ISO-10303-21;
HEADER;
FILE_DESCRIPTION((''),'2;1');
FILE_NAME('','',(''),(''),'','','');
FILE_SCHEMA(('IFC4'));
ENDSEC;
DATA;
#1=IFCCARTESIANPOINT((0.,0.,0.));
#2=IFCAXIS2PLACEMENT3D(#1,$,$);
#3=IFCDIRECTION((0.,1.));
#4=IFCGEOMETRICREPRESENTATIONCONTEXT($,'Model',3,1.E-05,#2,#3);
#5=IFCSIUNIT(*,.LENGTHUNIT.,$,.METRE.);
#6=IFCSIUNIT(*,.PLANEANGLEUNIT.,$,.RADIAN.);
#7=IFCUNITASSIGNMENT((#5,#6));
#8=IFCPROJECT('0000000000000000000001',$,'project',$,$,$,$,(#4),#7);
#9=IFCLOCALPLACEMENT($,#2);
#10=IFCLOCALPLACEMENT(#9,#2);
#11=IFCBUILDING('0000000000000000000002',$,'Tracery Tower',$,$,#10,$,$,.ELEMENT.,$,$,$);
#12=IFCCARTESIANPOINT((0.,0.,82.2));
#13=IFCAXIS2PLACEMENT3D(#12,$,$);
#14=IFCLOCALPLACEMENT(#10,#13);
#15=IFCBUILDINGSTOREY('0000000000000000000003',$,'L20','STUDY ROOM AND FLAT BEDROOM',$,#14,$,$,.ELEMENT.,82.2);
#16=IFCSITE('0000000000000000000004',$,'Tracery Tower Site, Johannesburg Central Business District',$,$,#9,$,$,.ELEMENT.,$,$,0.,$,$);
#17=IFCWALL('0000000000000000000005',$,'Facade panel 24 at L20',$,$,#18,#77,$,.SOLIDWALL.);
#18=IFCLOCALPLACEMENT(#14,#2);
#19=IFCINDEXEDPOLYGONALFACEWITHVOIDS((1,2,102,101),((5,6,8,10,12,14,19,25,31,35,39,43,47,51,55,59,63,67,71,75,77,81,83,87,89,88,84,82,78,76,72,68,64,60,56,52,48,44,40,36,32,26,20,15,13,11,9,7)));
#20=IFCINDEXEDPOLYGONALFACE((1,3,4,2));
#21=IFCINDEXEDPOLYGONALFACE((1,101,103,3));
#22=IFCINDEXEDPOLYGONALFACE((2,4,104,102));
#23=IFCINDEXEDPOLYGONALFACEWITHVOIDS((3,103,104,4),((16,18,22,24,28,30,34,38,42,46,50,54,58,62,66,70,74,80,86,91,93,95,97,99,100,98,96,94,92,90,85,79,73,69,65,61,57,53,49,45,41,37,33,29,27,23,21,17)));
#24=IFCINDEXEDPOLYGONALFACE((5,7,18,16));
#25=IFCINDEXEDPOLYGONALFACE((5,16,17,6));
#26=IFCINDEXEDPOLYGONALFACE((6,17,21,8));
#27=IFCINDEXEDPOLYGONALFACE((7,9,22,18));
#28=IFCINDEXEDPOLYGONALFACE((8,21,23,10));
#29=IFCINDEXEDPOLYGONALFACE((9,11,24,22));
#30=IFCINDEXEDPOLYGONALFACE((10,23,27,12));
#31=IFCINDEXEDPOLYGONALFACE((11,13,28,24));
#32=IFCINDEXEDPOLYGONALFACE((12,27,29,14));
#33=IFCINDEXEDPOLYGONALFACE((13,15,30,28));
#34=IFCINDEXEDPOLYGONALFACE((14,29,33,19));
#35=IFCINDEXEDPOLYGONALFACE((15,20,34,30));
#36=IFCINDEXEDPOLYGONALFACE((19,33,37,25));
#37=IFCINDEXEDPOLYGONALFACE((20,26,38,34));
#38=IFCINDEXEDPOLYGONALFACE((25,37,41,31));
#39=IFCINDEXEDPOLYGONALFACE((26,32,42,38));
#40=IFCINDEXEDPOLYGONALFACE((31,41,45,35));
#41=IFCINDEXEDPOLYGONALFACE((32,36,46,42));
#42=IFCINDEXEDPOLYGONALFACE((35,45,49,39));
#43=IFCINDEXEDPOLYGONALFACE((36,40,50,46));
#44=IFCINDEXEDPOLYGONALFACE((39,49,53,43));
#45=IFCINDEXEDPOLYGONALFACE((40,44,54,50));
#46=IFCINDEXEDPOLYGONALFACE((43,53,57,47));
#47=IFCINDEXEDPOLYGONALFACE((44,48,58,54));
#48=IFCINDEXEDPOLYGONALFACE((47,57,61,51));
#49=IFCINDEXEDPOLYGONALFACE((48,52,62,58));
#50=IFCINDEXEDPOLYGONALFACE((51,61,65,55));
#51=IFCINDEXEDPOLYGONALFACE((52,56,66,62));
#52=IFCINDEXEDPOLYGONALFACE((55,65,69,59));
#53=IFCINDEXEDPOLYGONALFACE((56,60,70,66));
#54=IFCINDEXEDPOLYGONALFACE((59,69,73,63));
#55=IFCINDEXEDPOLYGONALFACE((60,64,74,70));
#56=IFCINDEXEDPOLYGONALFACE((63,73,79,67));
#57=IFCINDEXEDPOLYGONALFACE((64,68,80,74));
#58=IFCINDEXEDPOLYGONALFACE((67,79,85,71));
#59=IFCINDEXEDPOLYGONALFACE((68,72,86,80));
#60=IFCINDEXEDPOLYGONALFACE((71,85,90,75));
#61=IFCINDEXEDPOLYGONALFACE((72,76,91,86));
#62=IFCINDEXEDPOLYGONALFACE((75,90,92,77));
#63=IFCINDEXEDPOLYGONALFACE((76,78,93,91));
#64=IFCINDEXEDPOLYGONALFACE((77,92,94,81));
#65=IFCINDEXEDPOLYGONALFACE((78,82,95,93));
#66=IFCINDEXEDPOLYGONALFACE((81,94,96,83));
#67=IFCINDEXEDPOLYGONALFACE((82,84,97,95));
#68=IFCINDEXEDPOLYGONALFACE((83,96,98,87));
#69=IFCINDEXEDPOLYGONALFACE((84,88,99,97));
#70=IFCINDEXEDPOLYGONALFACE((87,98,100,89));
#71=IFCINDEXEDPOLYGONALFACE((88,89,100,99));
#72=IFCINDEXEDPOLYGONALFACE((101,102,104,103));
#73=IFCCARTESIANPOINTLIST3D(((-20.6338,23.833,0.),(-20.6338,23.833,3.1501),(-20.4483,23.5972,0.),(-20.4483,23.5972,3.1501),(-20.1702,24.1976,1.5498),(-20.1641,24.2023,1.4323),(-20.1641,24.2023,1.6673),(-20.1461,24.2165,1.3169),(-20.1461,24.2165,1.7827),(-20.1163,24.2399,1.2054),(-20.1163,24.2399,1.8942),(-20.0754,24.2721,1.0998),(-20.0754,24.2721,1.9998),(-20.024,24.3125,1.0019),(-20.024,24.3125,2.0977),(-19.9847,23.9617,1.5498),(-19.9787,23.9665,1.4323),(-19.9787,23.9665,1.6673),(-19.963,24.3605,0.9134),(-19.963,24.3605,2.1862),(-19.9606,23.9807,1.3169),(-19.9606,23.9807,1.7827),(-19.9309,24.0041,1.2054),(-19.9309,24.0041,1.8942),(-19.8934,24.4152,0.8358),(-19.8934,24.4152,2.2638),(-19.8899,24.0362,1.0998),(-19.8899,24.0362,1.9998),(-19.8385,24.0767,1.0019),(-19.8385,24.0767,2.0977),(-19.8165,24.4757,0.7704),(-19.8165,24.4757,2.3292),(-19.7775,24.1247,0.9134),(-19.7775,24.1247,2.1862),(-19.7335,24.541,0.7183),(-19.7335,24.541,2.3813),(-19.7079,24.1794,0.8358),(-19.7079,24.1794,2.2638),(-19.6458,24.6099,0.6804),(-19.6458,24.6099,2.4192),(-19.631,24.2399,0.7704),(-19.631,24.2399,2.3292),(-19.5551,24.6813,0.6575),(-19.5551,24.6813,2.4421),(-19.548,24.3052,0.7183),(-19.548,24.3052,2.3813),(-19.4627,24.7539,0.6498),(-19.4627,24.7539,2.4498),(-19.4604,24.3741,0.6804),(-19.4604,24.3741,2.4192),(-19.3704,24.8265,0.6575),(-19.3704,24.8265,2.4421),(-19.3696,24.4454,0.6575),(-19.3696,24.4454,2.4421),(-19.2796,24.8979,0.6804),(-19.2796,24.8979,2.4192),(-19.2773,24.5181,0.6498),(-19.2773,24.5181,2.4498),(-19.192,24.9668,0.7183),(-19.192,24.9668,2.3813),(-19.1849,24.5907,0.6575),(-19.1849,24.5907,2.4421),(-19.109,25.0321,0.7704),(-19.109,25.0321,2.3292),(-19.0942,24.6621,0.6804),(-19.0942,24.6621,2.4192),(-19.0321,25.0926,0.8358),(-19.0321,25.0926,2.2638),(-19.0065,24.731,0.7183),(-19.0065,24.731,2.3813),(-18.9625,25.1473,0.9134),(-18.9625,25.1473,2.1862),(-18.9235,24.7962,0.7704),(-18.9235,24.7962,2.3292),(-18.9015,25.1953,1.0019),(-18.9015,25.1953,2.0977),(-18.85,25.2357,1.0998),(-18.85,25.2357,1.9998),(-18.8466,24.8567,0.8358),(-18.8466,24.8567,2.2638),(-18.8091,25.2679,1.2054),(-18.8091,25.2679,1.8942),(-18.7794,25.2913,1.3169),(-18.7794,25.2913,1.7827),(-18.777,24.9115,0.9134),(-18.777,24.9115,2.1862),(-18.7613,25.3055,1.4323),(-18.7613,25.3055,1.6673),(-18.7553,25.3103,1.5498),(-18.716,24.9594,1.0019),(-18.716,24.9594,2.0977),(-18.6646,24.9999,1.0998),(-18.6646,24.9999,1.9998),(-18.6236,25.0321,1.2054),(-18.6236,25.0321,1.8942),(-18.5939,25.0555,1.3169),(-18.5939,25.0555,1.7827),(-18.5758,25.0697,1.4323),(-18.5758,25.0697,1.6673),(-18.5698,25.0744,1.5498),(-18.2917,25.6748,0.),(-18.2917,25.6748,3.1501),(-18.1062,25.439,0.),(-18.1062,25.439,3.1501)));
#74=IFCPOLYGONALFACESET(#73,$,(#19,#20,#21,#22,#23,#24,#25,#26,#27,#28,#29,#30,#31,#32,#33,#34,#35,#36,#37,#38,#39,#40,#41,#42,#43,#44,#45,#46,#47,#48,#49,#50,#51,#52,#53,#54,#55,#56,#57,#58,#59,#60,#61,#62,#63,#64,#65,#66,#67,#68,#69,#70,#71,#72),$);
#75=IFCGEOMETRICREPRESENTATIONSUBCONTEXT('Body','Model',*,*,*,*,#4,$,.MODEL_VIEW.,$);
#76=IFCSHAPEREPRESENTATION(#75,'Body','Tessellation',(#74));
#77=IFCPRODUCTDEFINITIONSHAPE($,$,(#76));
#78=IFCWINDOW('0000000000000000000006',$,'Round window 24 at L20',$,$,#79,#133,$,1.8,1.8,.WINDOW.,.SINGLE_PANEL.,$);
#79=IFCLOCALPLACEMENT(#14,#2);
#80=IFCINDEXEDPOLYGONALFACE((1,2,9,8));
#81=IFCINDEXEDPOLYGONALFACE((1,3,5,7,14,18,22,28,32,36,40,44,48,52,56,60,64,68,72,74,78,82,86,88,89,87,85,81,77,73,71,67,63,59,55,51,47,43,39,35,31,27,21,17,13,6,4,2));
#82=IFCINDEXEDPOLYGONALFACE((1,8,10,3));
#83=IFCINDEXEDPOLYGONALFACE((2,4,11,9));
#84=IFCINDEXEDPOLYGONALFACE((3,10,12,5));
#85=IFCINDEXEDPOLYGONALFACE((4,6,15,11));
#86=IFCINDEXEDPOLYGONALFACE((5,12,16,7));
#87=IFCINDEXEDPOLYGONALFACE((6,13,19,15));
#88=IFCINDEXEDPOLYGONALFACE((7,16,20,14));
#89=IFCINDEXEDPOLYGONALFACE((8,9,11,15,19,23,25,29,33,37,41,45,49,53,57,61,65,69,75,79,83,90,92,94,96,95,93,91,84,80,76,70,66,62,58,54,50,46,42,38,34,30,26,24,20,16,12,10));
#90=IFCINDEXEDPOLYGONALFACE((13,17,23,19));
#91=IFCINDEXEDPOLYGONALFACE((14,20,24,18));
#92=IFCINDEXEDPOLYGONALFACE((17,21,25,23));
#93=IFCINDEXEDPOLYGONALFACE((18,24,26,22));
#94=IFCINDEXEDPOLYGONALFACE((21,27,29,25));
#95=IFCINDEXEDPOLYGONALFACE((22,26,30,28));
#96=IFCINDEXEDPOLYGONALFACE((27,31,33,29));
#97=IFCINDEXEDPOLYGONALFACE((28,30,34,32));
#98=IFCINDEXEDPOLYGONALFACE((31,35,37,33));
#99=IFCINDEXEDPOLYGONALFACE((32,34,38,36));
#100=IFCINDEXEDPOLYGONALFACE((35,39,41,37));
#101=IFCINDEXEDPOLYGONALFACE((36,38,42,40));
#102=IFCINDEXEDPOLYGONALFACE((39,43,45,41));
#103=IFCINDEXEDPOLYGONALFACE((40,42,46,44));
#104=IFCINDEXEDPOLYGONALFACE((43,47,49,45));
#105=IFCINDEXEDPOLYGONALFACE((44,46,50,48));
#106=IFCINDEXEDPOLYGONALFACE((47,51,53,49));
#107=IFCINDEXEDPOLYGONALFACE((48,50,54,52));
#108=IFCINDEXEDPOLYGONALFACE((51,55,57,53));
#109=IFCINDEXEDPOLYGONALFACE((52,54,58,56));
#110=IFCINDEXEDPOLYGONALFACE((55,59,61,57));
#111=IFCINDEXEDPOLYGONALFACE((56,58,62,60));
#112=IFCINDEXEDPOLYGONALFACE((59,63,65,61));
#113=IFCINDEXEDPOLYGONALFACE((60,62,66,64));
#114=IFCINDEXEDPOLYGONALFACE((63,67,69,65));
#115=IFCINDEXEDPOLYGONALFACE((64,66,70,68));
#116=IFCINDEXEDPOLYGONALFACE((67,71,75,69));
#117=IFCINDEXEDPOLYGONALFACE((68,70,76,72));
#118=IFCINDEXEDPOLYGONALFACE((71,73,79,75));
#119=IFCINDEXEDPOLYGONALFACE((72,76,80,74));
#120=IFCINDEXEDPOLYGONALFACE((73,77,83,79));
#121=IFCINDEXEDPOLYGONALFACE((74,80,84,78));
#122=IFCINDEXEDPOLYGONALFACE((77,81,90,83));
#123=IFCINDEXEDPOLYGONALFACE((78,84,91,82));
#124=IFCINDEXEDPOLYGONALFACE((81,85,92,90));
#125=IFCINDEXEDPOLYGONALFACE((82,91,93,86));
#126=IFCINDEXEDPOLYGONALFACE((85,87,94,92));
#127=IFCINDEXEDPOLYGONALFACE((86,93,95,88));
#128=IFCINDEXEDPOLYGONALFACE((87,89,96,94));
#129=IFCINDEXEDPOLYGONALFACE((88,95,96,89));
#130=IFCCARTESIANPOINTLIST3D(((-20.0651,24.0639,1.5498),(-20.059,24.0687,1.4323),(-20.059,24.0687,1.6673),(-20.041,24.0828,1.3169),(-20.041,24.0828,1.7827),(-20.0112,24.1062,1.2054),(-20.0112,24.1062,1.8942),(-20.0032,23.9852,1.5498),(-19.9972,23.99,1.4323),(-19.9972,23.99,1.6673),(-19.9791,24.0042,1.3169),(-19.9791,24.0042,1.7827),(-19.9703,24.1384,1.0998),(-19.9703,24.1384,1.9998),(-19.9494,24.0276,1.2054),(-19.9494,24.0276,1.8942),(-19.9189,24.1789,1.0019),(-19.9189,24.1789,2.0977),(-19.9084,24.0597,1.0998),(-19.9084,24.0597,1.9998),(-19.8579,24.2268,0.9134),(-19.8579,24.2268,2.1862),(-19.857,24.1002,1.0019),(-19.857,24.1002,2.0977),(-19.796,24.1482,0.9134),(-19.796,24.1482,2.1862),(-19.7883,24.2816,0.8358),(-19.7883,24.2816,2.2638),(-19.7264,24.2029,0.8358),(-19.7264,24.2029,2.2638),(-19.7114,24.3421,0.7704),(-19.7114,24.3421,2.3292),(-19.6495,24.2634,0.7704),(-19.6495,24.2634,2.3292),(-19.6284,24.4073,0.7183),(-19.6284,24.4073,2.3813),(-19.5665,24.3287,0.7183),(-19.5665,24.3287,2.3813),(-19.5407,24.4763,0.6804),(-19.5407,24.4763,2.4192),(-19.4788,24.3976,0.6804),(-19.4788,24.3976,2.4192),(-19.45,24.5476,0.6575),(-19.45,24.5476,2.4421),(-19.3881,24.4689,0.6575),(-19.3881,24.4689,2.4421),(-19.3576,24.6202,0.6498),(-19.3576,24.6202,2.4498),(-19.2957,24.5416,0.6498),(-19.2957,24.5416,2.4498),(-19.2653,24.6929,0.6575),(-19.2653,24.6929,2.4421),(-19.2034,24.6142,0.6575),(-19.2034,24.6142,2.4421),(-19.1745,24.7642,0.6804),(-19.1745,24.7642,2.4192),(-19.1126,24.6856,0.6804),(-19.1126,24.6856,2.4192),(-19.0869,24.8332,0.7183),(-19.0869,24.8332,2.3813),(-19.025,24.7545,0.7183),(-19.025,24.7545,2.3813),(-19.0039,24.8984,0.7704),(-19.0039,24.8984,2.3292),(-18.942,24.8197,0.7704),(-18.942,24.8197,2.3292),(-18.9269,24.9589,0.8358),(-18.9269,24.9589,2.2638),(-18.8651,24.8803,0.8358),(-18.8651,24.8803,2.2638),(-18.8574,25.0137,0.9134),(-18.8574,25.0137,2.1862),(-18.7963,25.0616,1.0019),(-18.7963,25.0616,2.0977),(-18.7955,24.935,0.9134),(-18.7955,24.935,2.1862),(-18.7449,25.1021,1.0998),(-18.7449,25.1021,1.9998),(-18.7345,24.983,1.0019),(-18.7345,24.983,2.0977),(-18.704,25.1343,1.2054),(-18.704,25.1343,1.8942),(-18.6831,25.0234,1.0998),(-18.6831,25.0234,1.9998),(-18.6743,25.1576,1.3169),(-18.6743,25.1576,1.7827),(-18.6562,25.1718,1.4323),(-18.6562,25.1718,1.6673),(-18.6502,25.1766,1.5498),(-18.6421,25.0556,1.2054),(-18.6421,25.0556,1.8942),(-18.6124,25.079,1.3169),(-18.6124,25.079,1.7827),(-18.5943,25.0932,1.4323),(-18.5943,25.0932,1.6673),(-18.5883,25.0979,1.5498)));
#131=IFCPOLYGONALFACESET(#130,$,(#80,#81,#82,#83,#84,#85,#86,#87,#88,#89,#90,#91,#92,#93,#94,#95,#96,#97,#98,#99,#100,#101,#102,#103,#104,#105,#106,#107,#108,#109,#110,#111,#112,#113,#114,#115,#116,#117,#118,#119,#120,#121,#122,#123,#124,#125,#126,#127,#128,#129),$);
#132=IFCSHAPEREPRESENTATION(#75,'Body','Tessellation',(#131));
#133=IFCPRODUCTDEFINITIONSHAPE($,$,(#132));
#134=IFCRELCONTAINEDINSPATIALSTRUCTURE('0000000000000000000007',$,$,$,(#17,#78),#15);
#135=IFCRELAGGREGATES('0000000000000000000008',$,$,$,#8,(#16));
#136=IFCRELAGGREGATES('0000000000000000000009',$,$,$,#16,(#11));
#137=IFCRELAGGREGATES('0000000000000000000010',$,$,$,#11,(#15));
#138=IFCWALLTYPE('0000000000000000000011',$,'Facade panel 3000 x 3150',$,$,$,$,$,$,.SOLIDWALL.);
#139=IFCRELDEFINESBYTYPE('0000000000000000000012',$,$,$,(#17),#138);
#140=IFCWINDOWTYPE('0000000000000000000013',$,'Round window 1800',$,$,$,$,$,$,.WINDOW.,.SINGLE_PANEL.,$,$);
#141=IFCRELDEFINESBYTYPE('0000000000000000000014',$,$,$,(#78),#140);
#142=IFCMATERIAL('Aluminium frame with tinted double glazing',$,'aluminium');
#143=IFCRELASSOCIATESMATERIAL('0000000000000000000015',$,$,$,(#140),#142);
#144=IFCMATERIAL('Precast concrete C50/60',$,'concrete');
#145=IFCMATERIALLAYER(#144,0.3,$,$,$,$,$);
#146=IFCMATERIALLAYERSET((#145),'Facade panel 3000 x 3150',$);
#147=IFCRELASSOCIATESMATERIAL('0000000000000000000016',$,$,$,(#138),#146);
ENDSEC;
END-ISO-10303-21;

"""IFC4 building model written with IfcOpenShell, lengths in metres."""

from ifc_helpers import new_model, si_unit, direction, frame, frame_2d, origin, origin_2d, place, context, subcontext, project, spatial, rectangle, circle, extrude, material, layer, layer_set, type_object, element, fill, save


model = new_model("IFC4")

# Units and contexts
model_context = context("Model", 3, precision=1e-05, world=origin(), true_north=direction((0.0, 1.0)))
body_context = subcontext(model_context, "Body", "Model", "MODEL_VIEW")
ifc_project = project(units=[si_unit("LENGTHUNIT", "METRE"), si_unit("PLANEANGLEUNIT", "RADIAN")], contexts=[model_context])

# Site, building, storey
site_placement = place(None, origin())
site = spatial("IfcSite", under=ifc_project, at=site_placement, Name="Tracery Tower Site, Johannesburg Central Business District", CompositionType="ELEMENT", RefElevation=0.0)
building_placement = place(site_placement, origin())
building = spatial("IfcBuilding", under=site, at=building_placement, Name="Tracery Tower", CompositionType="ELEMENT")
storey_placement = place(building_placement, frame((0.0, 0.0, 82.2)))
storey = spatial("IfcBuildingStorey", under=building, at=storey_placement, Name="L20", Description="STUDY ROOM AND FLAT BEDROOM", CompositionType="ELEMENT", Elevation=82.2)

# Wall, opening, window
ifc_material_1 = material(Name="Aluminium frame with tinted double glazing", Category="aluminium")
window_type = type_object("IfcWindowType", Name="Round window 1800", PartitioningType="SINGLE_PANEL", PredefinedType="WINDOW", material=ifc_material_1)
ifc_material_2 = material(Name="Precast concrete C50/60", Category="concrete")
ifc_layer_1 = layer(ifc_material_2, 0.3)
ifc_layer_set_1 = layer_set([ifc_layer_1], Name="Facade panel 3000 x 3150")
wall_type_1 = type_object("IfcWallType", Name="Facade panel 3000 x 3150", PredefinedType="SOLIDWALL", material=ifc_layer_set_1)
wall_1_placement = place(storey_placement, frame((-18.199, 25.5569, 0.0), z_axis=(0.0, 0.0, 1.0), x_axis=(-0.786054, -0.618158, 0.0)))
wall_1 = element("IfcWall", 1, at=wall_1_placement, inside=storey, type_object=wall_type_1, Name="Facade panel 24 at L20", PredefinedType="SOLIDWALL", context=body_context, shape_type="SweptSolid", body=[
    extrude(rectangle(XDim=2.9795, YDim=0.3, at=frame_2d((1.4897, 0.0))), origin(), (0.0, 0.0, 1.0), 3.1501),
])
opening_1_placement = place(wall_1_placement, frame((1.4897, 0.0, 1.5498)))
opening_1 = element("IfcOpeningElement", 2, at=opening_1_placement, cuts=wall_1, PredefinedType="OPENING", context=body_context, shape_type="SweptSolid", body=[
    extrude(circle(Radius=0.9, at=origin_2d()), frame((0.0, 0.1599, 0.0), z_axis=(0.0, -1.0, 0.0), x_axis=(1.0, 0.0, 0.0)), (0.0, 0.0, 1.0), 0.3201),
])
window_1_placement = place(opening_1_placement, origin())
window_1 = element("IfcWindow", 3, at=window_1_placement, inside=storey, type_object=window_type, Name="Round window 24 at L20", OverallHeight=1.8, OverallWidth=1.8, PartitioningType="SINGLE_PANEL", PredefinedType="WINDOW", context=body_context, shape_type="SweptSolid", body=[
    extrude(circle(Radius=0.9, at=origin_2d()), frame((0.0, 0.1201, 0.0), z_axis=(0.0, -1.0, 0.0), x_axis=(1.0, 0.0, 0.0)), (0.0, 0.0, 1.0), 0.1001),
])
fill(opening_1, window_1)

save(model, "model.ifc")
